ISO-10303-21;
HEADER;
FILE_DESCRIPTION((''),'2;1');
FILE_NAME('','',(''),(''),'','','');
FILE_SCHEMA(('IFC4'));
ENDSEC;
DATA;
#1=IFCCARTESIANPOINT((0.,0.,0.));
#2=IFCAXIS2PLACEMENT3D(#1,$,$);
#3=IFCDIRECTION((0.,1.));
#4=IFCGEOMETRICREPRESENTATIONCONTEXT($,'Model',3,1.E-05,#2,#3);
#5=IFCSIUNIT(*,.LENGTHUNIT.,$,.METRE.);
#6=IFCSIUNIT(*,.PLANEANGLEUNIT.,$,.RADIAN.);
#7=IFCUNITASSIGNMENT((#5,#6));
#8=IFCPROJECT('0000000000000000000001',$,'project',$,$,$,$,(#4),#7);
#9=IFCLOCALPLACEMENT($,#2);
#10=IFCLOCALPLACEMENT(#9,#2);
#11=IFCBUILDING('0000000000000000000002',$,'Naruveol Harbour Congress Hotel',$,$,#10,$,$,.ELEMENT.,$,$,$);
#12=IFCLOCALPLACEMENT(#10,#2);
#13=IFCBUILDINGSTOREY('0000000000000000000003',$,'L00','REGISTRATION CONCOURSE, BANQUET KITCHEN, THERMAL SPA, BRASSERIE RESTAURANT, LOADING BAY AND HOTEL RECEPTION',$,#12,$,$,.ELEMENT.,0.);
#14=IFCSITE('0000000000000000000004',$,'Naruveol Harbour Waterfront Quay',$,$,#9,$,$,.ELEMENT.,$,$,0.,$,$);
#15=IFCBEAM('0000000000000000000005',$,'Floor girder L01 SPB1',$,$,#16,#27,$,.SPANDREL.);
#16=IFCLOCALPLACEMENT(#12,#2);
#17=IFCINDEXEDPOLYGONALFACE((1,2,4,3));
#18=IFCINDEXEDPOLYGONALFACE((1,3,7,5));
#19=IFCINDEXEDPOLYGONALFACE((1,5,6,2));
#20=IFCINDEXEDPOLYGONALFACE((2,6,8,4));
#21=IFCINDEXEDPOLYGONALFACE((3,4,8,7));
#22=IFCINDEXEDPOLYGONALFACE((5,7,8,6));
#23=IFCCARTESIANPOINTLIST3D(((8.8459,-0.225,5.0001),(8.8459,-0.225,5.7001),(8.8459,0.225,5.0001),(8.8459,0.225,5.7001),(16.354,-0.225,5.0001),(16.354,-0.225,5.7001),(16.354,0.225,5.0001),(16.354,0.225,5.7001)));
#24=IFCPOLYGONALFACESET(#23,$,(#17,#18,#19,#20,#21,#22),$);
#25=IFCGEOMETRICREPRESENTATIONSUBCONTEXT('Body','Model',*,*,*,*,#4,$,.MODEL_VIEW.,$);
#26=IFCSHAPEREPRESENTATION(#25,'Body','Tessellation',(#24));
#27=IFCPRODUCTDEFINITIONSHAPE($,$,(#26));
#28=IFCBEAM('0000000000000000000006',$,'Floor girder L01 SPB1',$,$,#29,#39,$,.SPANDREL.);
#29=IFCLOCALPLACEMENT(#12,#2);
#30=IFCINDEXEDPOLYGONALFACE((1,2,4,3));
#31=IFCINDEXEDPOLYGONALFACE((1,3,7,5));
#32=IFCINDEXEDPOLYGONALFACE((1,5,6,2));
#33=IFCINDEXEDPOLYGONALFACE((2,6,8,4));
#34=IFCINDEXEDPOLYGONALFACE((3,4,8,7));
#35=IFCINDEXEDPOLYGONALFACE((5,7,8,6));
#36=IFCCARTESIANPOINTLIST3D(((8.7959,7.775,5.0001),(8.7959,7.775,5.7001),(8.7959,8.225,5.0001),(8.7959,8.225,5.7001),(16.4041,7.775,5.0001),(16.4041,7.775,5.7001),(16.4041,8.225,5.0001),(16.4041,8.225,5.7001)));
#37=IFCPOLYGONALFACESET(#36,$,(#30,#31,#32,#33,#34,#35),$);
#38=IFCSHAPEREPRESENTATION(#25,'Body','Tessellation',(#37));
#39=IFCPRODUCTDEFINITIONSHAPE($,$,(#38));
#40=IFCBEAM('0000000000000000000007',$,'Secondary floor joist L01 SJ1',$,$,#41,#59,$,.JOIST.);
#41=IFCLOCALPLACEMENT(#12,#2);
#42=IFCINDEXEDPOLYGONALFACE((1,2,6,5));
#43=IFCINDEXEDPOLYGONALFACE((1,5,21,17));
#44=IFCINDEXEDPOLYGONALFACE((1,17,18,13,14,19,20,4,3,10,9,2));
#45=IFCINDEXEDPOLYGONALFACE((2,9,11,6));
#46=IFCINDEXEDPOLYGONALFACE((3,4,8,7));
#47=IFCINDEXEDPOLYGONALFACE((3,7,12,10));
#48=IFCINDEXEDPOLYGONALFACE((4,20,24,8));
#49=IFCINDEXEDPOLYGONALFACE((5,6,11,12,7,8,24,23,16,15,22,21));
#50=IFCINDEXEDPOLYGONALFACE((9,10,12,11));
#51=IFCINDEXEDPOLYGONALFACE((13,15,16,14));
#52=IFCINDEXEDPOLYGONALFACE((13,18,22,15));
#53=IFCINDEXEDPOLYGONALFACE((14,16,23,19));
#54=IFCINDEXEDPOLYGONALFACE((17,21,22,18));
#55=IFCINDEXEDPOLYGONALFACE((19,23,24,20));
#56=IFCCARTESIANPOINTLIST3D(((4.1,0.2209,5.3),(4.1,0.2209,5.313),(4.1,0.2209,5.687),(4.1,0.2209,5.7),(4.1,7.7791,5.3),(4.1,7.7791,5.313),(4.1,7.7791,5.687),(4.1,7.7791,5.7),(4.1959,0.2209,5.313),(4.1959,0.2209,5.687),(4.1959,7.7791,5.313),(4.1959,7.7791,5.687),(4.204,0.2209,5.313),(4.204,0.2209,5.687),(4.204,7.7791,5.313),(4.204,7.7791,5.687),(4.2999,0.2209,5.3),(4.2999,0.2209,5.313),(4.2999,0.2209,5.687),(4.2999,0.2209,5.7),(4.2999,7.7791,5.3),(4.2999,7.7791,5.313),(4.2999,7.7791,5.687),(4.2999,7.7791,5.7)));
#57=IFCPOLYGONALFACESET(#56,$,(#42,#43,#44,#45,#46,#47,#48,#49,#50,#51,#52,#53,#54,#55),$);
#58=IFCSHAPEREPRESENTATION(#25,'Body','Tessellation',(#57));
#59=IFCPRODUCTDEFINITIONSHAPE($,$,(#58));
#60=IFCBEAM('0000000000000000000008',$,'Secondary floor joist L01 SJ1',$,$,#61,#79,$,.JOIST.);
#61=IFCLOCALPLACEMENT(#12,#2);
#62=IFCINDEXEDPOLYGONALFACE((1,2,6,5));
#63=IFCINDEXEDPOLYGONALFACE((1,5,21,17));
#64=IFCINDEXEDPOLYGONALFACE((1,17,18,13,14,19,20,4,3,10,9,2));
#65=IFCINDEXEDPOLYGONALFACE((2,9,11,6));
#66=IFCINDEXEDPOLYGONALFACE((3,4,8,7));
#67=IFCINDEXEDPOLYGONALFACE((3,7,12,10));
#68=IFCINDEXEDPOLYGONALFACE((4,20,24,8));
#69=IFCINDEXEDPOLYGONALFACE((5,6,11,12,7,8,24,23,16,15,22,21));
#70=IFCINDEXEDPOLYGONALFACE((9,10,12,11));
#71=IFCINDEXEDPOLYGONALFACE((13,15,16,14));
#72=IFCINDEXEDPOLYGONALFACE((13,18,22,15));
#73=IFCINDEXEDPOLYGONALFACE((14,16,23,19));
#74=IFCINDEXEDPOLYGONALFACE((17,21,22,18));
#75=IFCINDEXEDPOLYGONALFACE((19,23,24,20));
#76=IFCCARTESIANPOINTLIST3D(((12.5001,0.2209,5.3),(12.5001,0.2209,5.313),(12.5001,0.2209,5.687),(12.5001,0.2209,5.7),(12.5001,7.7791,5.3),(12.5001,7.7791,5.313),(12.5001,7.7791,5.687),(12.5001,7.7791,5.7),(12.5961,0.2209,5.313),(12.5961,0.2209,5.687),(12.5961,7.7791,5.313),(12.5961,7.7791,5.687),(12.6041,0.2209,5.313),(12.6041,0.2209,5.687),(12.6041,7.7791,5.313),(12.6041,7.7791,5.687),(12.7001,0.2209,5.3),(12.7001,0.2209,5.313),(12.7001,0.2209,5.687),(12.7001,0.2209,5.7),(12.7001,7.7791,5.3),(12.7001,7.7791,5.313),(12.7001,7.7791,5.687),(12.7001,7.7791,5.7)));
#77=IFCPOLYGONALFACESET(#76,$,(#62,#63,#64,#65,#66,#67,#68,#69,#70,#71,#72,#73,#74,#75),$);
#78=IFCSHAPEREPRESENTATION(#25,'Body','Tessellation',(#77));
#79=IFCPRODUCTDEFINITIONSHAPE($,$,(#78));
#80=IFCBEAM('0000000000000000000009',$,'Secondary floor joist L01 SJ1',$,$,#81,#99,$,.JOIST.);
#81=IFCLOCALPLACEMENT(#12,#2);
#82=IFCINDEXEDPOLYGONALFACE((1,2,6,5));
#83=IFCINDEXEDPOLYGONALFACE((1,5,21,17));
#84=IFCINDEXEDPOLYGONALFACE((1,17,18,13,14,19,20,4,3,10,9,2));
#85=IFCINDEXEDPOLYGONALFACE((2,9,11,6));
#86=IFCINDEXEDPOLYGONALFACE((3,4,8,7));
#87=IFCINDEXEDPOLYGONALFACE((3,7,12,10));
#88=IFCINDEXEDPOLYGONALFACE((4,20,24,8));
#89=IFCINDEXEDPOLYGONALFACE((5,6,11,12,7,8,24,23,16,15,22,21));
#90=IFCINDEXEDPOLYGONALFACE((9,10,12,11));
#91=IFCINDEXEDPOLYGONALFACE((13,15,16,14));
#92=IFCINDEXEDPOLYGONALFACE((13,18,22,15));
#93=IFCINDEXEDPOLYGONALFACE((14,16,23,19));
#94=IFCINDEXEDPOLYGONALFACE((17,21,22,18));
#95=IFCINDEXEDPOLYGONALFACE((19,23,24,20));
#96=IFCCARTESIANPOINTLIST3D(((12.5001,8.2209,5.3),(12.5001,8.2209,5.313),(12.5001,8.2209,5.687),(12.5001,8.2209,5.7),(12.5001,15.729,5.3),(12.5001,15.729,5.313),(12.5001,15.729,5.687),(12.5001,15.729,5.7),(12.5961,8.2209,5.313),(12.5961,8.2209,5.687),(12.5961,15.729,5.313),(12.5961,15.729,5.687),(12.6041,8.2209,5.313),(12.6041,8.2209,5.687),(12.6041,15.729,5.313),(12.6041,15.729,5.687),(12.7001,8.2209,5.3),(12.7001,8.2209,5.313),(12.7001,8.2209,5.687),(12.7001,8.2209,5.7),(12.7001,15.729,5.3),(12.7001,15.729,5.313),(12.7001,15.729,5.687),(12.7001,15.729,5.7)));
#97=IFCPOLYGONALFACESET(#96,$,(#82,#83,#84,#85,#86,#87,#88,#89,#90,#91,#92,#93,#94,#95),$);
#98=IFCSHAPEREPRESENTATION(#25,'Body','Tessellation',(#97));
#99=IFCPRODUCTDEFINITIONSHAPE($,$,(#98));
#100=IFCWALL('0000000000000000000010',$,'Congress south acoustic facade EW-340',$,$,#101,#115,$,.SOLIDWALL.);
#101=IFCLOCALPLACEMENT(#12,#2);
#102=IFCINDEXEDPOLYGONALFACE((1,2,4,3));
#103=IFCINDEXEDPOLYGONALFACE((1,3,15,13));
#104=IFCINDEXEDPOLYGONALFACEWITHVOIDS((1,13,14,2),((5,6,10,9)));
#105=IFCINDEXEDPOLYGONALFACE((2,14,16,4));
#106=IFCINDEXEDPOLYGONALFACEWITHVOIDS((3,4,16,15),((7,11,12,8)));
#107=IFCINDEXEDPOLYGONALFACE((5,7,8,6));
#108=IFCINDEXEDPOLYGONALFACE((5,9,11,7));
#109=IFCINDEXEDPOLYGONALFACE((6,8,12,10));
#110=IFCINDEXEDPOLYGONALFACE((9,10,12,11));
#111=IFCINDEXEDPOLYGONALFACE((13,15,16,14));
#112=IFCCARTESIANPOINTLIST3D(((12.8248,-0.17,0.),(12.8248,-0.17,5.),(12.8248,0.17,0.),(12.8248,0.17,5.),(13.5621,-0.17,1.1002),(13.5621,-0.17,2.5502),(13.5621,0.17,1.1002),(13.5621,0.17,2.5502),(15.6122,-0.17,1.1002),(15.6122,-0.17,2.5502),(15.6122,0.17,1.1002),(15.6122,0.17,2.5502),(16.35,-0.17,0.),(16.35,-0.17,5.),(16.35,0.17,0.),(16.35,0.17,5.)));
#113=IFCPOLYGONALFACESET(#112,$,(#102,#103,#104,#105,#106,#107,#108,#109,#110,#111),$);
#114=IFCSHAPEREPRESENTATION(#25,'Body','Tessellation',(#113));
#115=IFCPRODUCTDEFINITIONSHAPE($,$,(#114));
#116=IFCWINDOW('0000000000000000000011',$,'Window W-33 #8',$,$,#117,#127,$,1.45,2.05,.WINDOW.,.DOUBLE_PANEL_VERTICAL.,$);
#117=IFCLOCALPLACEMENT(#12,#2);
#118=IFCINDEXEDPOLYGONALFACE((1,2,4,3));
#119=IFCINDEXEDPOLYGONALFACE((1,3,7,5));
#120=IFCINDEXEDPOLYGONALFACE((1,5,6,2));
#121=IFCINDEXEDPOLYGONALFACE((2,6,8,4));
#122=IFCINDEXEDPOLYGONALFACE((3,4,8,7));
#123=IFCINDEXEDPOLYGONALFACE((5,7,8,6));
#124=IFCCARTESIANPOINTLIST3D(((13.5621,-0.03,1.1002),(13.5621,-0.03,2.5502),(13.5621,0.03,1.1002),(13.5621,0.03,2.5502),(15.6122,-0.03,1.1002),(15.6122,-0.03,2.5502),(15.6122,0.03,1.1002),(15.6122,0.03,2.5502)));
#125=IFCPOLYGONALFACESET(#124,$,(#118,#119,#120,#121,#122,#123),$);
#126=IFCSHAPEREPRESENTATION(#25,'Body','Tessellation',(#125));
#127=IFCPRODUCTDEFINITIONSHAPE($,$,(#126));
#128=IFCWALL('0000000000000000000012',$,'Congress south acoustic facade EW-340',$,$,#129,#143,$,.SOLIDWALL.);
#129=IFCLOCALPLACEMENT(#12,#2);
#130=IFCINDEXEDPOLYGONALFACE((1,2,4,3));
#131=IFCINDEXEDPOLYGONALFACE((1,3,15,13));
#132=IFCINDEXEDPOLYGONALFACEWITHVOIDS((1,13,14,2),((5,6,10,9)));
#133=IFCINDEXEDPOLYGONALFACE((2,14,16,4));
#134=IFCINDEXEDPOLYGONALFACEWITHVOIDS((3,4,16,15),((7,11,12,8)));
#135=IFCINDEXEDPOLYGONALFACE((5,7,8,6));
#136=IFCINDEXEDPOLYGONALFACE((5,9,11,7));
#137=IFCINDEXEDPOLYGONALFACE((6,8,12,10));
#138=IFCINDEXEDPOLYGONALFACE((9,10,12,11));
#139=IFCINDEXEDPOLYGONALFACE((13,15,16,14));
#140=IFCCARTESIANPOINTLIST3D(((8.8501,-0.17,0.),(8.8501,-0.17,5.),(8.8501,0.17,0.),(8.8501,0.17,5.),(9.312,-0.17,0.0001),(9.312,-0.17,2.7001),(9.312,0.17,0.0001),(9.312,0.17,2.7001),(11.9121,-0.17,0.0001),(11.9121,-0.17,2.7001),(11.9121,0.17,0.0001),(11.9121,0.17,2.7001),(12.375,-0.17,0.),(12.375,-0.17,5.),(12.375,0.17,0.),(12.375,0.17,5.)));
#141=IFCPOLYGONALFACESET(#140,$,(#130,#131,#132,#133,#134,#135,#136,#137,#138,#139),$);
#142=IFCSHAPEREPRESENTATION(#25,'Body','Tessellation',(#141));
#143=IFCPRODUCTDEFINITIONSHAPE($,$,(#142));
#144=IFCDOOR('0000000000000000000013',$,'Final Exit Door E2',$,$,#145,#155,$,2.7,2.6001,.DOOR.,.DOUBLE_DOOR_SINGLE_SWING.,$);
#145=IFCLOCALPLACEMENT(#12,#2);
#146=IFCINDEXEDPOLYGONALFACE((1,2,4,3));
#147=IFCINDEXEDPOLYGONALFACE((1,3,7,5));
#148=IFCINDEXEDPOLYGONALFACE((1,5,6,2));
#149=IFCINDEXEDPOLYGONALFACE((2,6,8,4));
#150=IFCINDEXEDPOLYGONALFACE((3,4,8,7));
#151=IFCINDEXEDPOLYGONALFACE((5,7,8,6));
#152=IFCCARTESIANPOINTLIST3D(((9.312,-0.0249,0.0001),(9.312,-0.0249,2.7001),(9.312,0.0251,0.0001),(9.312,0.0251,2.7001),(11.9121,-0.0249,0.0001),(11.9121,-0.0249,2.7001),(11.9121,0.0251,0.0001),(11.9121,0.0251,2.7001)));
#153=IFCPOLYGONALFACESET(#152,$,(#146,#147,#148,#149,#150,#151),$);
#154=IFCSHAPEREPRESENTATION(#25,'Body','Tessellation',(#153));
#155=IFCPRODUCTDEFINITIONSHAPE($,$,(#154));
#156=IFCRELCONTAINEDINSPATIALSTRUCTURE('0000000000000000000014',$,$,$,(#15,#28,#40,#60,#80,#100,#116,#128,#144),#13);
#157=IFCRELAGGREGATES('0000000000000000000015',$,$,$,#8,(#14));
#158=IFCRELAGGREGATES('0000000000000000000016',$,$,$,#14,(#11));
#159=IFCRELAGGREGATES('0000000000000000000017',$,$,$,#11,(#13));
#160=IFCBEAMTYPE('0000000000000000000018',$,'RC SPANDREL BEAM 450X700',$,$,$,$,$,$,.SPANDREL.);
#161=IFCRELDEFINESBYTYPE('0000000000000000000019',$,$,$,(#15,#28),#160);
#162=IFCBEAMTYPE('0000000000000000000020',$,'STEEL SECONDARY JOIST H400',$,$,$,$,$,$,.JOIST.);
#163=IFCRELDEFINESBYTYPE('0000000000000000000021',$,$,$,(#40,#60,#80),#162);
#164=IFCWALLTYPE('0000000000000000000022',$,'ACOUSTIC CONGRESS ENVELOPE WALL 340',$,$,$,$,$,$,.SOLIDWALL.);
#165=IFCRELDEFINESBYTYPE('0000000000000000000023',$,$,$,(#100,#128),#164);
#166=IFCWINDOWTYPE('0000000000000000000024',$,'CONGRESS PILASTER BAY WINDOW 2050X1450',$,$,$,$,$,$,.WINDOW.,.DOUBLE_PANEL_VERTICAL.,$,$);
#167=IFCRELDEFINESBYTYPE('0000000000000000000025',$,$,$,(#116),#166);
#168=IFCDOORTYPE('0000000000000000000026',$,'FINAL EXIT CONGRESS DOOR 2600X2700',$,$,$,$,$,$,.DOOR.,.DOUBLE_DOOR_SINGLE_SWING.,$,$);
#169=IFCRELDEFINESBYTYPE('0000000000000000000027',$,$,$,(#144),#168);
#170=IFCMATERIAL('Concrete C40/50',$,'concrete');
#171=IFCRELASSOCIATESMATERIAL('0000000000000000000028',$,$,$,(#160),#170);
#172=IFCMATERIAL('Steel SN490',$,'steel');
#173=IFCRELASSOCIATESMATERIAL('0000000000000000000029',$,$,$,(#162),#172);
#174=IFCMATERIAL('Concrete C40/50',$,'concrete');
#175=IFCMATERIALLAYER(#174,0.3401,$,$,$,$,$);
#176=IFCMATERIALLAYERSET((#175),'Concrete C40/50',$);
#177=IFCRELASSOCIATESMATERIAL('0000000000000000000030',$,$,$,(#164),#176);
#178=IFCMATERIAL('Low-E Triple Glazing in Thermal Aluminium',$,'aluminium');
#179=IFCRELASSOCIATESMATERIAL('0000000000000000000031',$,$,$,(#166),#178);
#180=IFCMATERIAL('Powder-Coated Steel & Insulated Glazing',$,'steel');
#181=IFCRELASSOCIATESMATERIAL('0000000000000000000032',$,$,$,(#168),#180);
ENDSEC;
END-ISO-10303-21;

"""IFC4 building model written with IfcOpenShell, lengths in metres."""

from ifc_helpers import new_model, si_unit, direction, frame, frame_2d, origin, origin_2d, place, context, subcontext, project, spatial, rectangle, i_section, extrude, material, layer, layer_set, material_profile, profile_set, type_object, element, fill, save


model = new_model("IFC4")

# Units and contexts
model_context = context("Model", 3, precision=1e-05, world=origin(), true_north=direction((0.0, 1.0)))
body_context = subcontext(model_context, "Body", "Model", "MODEL_VIEW")
ifc_project = project(units=[si_unit("LENGTHUNIT", "METRE"), si_unit("PLANEANGLEUNIT", "RADIAN")], contexts=[model_context])

# Site, building, storey
site_placement = place(None, origin())
site = spatial("IfcSite", under=ifc_project, at=site_placement, Name="Naruveol Harbour Waterfront Quay", CompositionType="ELEMENT", RefElevation=0.0)
building_placement = place(site_placement, origin())
building = spatial("IfcBuilding", under=site, at=building_placement, Name="Naruveol Harbour Congress Hotel", CompositionType="ELEMENT")
storey_placement = place(building_placement, origin())
storey = spatial("IfcBuildingStorey", under=building, at=storey_placement, Name="L00", Description="REGISTRATION CONCOURSE, BANQUET KITCHEN, THERMAL SPA, BRASSERIE RESTAURANT, LOADING BAY AND HOTEL RECEPTION", CompositionType="ELEMENT", Elevation=0.0)

# Beams
ifc_material_1 = material(Name="Concrete C40/50", Category="concrete")
ifc_material_profile_1 = material_profile(ifc_material_1, rectangle(XDim=0.45, YDim=0.7, at=origin_2d()), Name="RCB-450x700")
ifc_profile_set_1 = profile_set([ifc_material_profile_1], Name="Concrete C40/50")
beam_type_1 = type_object("IfcBeamType", Name="RC SPANDREL BEAM 450X700", PredefinedType="SPANDREL", material=ifc_profile_set_1)
beam_1_placement = place(storey_placement, frame((8.8459, 0.0, 5.3501), z_axis=(1.0, 0.0, 0.0), x_axis=(0.0, 1.0, 0.0)))
element("IfcBeam", 1, at=beam_1_placement, inside=storey, type_object=beam_type_1, Name="Floor girder L01 SPB1", PredefinedType="SPANDREL", context=body_context, shape_type="SweptSolid", body=[
    extrude(rectangle(XDim=0.45, YDim=0.7, at=origin_2d()), origin(), (0.0, 0.0, 1.0), 7.5081),
])
beam_2_placement = place(storey_placement, frame((8.7959, 8.0, 5.3501), z_axis=(1.0, 0.0, 0.0), x_axis=(0.0, 1.0, 0.0)))
element("IfcBeam", 2, at=beam_2_placement, inside=storey, type_object=beam_type_1, Name="Floor girder L01 SPB1", PredefinedType="SPANDREL", context=body_context, shape_type="SweptSolid", body=[
    extrude(rectangle(XDim=0.45, YDim=0.7, at=origin_2d()), origin(), (0.0, 0.0, 1.0), 7.6082),
])
ifc_material_2 = material(Name="Steel SN490", Category="steel")
ifc_material_profile_2 = material_profile(ifc_material_2, i_section(OverallWidth=0.2, OverallDepth=0.3999, WebThickness=0.0081, FlangeThickness=0.0129, at=origin_2d()), Name="H-400x200x8x13")
ifc_profile_set_2 = profile_set([ifc_material_profile_2], Name="Steel SN490")
beam_type_2 = type_object("IfcBeamType", Name="STEEL SECONDARY JOIST H400", PredefinedType="JOIST", material=ifc_profile_set_2)
for number, where, z_axis, x_axis, name in (
    (3, (4.2, 0.2209, 5.5), (0.0, 1.0, 0.0), (-1.0, 0.0, 0.0), "Secondary floor joist L01 SJ1"),
    (4, (12.6001, 0.2209, 5.5), (0.0, 1.0, 0.0), (-1.0, 0.0, 0.0), "Secondary floor joist L01 SJ1"),
):
    element("IfcBeam", number, at=place(storey_placement, frame(where, z_axis=z_axis, x_axis=x_axis)), inside=storey, type_object=beam_type_2, Name=name, PredefinedType="JOIST", context=body_context, shape_type="SweptSolid", body=[
        extrude(i_section(OverallWidth=0.2, OverallDepth=0.3999, WebThickness=0.0081, FlangeThickness=0.0129, at=origin_2d()), origin(), (0.0, 0.0, 1.0), 7.5581),
    ])
beam_3_placement = place(storey_placement, frame((12.6001, 8.2209, 5.5), z_axis=(0.0, 1.0, 0.0), x_axis=(-1.0, 0.0, 0.0)))
element("IfcBeam", 5, at=beam_3_placement, inside=storey, type_object=beam_type_2, Name="Secondary floor joist L01 SJ1", PredefinedType="JOIST", context=body_context, shape_type="SweptSolid", body=[
    extrude(i_section(OverallWidth=0.2, OverallDepth=0.3999, WebThickness=0.0081, FlangeThickness=0.0129, at=origin_2d()), origin(), (0.0, 0.0, 1.0), 7.5081),
])

# Wall, opening, window
ifc_material_3 = material(Name="Concrete C40/50", Category="concrete")
ifc_layer_1 = layer(ifc_material_3, 0.3401)
ifc_layer_set_1 = layer_set([ifc_layer_1], Name="Concrete C40/50")
wall_type_1 = type_object("IfcWallType", Name="ACOUSTIC CONGRESS ENVELOPE WALL 340", PredefinedType="SOLIDWALL", material=ifc_layer_set_1)
wall_1_placement = place(storey_placement, frame((16.3501, 0.0, 0.0), z_axis=(0.0, 0.0, 1.0), x_axis=(-1.0, 0.0, 0.0)))
wall_1 = element("IfcWall", 6, at=wall_1_placement, inside=storey, type_object=wall_type_1, Name="Congress south acoustic facade EW-340", PredefinedType="SOLIDWALL", context=body_context, shape_type="SweptSolid", body=[
    extrude(rectangle(XDim=3.5251, YDim=0.3401, at=frame_2d((1.7627, 0.0))), origin(), (0.0, 0.0, 1.0), 5.0),
])
opening_1_placement = place(wall_1_placement, frame((0.738, 0.0, 1.1001)))
opening_1 = element("IfcOpeningElement", 7, at=opening_1_placement, cuts=wall_1, PredefinedType="OPENING", context=body_context, shape_type="SweptSolid", body=[
    extrude(rectangle(XDim=2.05, YDim=1.45, at=frame_2d((1.0249, 0.7251))), frame((0.0, 0.1799, 0.0), z_axis=(0.0, -1.0, 0.0), x_axis=(1.0, 0.0, 0.0)), (0.0, 0.0, 1.0), 0.3601),
])
ifc_material_4 = material(Name="Low-E Triple Glazing in Thermal Aluminium", Category="aluminium")
window_type = type_object("IfcWindowType", Name="CONGRESS PILASTER BAY WINDOW 2050X1450", PartitioningType="DOUBLE_PANEL_VERTICAL", PredefinedType="WINDOW", material=ifc_material_4)
window_1_placement = place(opening_1_placement, origin())
window_1 = element("IfcWindow", 8, at=window_1_placement, inside=storey, type_object=window_type, Name="Window W-33 #8", OverallHeight=1.45, OverallWidth=2.05, PartitioningType="DOUBLE_PANEL_VERTICAL", PredefinedType="WINDOW", context=body_context, shape_type="SweptSolid", body=[
    extrude(rectangle(XDim=2.05, YDim=1.45, at=frame_2d((1.0249, 0.7251))), frame((0.0, 0.03, 0.0), z_axis=(0.0, -1.0, 0.0), x_axis=(1.0, 0.0, 0.0)), (0.0, 0.0, 1.0), 0.0601),
])
fill(opening_1, window_1)

# Wall, opening, door
wall_2_placement = place(storey_placement, frame((12.375, 0.0, 0.0), z_axis=(0.0, 0.0, 1.0), x_axis=(-1.0, 0.0, 0.0)))
wall_2 = element("IfcWall", 9, at=wall_2_placement, inside=storey, type_object=wall_type_1, Name="Congress south acoustic facade EW-340", PredefinedType="SOLIDWALL", context=body_context, shape_type="SweptSolid", body=[
    extrude(rectangle(XDim=3.5249, YDim=0.3401, at=frame_2d((1.7625, 0.0))), origin(), (0.0, 0.0, 1.0), 5.0),
])
opening_2_placement = place(wall_2_placement, frame((0.4629, 0.0, 0.0)))
opening_2 = element("IfcOpeningElement", 10, at=opening_2_placement, cuts=wall_2, PredefinedType="OPENING", context=body_context, shape_type="SweptSolid", body=[
    extrude(rectangle(XDim=2.6001, YDim=2.7, at=frame_2d((1.3, 1.3501))), frame((0.0, 0.1799, 0.0), z_axis=(0.0, -1.0, 0.0), x_axis=(1.0, 0.0, 0.0)), (0.0, 0.0, 1.0), 0.3601),
])
ifc_material_5 = material(Name="Powder-Coated Steel & Insulated Glazing", Category="steel")
door_type = type_object("IfcDoorType", Name="FINAL EXIT CONGRESS DOOR 2600X2700", OperationType="DOUBLE_DOOR_SINGLE_SWING", PredefinedType="DOOR", material=ifc_material_5)
door_placement = place(opening_2_placement, origin())
door = element("IfcDoor", 11, at=door_placement, inside=storey, type_object=door_type, Name="Final Exit Door E2", OperationType="DOUBLE_DOOR_SINGLE_SWING", OverallHeight=2.7, OverallWidth=2.6001, PredefinedType="DOOR", context=body_context, shape_type="SweptSolid", body=[
    extrude(rectangle(XDim=2.6001, YDim=2.7, at=frame_2d((1.3, 1.3501))), frame((0.0, 0.0249, 0.0), z_axis=(0.0, -1.0, 0.0), x_axis=(1.0, 0.0, 0.0)), (0.0, 0.0, 1.0), 0.05),
])
fill(opening_2, door)

save(model, "model.ifc")
